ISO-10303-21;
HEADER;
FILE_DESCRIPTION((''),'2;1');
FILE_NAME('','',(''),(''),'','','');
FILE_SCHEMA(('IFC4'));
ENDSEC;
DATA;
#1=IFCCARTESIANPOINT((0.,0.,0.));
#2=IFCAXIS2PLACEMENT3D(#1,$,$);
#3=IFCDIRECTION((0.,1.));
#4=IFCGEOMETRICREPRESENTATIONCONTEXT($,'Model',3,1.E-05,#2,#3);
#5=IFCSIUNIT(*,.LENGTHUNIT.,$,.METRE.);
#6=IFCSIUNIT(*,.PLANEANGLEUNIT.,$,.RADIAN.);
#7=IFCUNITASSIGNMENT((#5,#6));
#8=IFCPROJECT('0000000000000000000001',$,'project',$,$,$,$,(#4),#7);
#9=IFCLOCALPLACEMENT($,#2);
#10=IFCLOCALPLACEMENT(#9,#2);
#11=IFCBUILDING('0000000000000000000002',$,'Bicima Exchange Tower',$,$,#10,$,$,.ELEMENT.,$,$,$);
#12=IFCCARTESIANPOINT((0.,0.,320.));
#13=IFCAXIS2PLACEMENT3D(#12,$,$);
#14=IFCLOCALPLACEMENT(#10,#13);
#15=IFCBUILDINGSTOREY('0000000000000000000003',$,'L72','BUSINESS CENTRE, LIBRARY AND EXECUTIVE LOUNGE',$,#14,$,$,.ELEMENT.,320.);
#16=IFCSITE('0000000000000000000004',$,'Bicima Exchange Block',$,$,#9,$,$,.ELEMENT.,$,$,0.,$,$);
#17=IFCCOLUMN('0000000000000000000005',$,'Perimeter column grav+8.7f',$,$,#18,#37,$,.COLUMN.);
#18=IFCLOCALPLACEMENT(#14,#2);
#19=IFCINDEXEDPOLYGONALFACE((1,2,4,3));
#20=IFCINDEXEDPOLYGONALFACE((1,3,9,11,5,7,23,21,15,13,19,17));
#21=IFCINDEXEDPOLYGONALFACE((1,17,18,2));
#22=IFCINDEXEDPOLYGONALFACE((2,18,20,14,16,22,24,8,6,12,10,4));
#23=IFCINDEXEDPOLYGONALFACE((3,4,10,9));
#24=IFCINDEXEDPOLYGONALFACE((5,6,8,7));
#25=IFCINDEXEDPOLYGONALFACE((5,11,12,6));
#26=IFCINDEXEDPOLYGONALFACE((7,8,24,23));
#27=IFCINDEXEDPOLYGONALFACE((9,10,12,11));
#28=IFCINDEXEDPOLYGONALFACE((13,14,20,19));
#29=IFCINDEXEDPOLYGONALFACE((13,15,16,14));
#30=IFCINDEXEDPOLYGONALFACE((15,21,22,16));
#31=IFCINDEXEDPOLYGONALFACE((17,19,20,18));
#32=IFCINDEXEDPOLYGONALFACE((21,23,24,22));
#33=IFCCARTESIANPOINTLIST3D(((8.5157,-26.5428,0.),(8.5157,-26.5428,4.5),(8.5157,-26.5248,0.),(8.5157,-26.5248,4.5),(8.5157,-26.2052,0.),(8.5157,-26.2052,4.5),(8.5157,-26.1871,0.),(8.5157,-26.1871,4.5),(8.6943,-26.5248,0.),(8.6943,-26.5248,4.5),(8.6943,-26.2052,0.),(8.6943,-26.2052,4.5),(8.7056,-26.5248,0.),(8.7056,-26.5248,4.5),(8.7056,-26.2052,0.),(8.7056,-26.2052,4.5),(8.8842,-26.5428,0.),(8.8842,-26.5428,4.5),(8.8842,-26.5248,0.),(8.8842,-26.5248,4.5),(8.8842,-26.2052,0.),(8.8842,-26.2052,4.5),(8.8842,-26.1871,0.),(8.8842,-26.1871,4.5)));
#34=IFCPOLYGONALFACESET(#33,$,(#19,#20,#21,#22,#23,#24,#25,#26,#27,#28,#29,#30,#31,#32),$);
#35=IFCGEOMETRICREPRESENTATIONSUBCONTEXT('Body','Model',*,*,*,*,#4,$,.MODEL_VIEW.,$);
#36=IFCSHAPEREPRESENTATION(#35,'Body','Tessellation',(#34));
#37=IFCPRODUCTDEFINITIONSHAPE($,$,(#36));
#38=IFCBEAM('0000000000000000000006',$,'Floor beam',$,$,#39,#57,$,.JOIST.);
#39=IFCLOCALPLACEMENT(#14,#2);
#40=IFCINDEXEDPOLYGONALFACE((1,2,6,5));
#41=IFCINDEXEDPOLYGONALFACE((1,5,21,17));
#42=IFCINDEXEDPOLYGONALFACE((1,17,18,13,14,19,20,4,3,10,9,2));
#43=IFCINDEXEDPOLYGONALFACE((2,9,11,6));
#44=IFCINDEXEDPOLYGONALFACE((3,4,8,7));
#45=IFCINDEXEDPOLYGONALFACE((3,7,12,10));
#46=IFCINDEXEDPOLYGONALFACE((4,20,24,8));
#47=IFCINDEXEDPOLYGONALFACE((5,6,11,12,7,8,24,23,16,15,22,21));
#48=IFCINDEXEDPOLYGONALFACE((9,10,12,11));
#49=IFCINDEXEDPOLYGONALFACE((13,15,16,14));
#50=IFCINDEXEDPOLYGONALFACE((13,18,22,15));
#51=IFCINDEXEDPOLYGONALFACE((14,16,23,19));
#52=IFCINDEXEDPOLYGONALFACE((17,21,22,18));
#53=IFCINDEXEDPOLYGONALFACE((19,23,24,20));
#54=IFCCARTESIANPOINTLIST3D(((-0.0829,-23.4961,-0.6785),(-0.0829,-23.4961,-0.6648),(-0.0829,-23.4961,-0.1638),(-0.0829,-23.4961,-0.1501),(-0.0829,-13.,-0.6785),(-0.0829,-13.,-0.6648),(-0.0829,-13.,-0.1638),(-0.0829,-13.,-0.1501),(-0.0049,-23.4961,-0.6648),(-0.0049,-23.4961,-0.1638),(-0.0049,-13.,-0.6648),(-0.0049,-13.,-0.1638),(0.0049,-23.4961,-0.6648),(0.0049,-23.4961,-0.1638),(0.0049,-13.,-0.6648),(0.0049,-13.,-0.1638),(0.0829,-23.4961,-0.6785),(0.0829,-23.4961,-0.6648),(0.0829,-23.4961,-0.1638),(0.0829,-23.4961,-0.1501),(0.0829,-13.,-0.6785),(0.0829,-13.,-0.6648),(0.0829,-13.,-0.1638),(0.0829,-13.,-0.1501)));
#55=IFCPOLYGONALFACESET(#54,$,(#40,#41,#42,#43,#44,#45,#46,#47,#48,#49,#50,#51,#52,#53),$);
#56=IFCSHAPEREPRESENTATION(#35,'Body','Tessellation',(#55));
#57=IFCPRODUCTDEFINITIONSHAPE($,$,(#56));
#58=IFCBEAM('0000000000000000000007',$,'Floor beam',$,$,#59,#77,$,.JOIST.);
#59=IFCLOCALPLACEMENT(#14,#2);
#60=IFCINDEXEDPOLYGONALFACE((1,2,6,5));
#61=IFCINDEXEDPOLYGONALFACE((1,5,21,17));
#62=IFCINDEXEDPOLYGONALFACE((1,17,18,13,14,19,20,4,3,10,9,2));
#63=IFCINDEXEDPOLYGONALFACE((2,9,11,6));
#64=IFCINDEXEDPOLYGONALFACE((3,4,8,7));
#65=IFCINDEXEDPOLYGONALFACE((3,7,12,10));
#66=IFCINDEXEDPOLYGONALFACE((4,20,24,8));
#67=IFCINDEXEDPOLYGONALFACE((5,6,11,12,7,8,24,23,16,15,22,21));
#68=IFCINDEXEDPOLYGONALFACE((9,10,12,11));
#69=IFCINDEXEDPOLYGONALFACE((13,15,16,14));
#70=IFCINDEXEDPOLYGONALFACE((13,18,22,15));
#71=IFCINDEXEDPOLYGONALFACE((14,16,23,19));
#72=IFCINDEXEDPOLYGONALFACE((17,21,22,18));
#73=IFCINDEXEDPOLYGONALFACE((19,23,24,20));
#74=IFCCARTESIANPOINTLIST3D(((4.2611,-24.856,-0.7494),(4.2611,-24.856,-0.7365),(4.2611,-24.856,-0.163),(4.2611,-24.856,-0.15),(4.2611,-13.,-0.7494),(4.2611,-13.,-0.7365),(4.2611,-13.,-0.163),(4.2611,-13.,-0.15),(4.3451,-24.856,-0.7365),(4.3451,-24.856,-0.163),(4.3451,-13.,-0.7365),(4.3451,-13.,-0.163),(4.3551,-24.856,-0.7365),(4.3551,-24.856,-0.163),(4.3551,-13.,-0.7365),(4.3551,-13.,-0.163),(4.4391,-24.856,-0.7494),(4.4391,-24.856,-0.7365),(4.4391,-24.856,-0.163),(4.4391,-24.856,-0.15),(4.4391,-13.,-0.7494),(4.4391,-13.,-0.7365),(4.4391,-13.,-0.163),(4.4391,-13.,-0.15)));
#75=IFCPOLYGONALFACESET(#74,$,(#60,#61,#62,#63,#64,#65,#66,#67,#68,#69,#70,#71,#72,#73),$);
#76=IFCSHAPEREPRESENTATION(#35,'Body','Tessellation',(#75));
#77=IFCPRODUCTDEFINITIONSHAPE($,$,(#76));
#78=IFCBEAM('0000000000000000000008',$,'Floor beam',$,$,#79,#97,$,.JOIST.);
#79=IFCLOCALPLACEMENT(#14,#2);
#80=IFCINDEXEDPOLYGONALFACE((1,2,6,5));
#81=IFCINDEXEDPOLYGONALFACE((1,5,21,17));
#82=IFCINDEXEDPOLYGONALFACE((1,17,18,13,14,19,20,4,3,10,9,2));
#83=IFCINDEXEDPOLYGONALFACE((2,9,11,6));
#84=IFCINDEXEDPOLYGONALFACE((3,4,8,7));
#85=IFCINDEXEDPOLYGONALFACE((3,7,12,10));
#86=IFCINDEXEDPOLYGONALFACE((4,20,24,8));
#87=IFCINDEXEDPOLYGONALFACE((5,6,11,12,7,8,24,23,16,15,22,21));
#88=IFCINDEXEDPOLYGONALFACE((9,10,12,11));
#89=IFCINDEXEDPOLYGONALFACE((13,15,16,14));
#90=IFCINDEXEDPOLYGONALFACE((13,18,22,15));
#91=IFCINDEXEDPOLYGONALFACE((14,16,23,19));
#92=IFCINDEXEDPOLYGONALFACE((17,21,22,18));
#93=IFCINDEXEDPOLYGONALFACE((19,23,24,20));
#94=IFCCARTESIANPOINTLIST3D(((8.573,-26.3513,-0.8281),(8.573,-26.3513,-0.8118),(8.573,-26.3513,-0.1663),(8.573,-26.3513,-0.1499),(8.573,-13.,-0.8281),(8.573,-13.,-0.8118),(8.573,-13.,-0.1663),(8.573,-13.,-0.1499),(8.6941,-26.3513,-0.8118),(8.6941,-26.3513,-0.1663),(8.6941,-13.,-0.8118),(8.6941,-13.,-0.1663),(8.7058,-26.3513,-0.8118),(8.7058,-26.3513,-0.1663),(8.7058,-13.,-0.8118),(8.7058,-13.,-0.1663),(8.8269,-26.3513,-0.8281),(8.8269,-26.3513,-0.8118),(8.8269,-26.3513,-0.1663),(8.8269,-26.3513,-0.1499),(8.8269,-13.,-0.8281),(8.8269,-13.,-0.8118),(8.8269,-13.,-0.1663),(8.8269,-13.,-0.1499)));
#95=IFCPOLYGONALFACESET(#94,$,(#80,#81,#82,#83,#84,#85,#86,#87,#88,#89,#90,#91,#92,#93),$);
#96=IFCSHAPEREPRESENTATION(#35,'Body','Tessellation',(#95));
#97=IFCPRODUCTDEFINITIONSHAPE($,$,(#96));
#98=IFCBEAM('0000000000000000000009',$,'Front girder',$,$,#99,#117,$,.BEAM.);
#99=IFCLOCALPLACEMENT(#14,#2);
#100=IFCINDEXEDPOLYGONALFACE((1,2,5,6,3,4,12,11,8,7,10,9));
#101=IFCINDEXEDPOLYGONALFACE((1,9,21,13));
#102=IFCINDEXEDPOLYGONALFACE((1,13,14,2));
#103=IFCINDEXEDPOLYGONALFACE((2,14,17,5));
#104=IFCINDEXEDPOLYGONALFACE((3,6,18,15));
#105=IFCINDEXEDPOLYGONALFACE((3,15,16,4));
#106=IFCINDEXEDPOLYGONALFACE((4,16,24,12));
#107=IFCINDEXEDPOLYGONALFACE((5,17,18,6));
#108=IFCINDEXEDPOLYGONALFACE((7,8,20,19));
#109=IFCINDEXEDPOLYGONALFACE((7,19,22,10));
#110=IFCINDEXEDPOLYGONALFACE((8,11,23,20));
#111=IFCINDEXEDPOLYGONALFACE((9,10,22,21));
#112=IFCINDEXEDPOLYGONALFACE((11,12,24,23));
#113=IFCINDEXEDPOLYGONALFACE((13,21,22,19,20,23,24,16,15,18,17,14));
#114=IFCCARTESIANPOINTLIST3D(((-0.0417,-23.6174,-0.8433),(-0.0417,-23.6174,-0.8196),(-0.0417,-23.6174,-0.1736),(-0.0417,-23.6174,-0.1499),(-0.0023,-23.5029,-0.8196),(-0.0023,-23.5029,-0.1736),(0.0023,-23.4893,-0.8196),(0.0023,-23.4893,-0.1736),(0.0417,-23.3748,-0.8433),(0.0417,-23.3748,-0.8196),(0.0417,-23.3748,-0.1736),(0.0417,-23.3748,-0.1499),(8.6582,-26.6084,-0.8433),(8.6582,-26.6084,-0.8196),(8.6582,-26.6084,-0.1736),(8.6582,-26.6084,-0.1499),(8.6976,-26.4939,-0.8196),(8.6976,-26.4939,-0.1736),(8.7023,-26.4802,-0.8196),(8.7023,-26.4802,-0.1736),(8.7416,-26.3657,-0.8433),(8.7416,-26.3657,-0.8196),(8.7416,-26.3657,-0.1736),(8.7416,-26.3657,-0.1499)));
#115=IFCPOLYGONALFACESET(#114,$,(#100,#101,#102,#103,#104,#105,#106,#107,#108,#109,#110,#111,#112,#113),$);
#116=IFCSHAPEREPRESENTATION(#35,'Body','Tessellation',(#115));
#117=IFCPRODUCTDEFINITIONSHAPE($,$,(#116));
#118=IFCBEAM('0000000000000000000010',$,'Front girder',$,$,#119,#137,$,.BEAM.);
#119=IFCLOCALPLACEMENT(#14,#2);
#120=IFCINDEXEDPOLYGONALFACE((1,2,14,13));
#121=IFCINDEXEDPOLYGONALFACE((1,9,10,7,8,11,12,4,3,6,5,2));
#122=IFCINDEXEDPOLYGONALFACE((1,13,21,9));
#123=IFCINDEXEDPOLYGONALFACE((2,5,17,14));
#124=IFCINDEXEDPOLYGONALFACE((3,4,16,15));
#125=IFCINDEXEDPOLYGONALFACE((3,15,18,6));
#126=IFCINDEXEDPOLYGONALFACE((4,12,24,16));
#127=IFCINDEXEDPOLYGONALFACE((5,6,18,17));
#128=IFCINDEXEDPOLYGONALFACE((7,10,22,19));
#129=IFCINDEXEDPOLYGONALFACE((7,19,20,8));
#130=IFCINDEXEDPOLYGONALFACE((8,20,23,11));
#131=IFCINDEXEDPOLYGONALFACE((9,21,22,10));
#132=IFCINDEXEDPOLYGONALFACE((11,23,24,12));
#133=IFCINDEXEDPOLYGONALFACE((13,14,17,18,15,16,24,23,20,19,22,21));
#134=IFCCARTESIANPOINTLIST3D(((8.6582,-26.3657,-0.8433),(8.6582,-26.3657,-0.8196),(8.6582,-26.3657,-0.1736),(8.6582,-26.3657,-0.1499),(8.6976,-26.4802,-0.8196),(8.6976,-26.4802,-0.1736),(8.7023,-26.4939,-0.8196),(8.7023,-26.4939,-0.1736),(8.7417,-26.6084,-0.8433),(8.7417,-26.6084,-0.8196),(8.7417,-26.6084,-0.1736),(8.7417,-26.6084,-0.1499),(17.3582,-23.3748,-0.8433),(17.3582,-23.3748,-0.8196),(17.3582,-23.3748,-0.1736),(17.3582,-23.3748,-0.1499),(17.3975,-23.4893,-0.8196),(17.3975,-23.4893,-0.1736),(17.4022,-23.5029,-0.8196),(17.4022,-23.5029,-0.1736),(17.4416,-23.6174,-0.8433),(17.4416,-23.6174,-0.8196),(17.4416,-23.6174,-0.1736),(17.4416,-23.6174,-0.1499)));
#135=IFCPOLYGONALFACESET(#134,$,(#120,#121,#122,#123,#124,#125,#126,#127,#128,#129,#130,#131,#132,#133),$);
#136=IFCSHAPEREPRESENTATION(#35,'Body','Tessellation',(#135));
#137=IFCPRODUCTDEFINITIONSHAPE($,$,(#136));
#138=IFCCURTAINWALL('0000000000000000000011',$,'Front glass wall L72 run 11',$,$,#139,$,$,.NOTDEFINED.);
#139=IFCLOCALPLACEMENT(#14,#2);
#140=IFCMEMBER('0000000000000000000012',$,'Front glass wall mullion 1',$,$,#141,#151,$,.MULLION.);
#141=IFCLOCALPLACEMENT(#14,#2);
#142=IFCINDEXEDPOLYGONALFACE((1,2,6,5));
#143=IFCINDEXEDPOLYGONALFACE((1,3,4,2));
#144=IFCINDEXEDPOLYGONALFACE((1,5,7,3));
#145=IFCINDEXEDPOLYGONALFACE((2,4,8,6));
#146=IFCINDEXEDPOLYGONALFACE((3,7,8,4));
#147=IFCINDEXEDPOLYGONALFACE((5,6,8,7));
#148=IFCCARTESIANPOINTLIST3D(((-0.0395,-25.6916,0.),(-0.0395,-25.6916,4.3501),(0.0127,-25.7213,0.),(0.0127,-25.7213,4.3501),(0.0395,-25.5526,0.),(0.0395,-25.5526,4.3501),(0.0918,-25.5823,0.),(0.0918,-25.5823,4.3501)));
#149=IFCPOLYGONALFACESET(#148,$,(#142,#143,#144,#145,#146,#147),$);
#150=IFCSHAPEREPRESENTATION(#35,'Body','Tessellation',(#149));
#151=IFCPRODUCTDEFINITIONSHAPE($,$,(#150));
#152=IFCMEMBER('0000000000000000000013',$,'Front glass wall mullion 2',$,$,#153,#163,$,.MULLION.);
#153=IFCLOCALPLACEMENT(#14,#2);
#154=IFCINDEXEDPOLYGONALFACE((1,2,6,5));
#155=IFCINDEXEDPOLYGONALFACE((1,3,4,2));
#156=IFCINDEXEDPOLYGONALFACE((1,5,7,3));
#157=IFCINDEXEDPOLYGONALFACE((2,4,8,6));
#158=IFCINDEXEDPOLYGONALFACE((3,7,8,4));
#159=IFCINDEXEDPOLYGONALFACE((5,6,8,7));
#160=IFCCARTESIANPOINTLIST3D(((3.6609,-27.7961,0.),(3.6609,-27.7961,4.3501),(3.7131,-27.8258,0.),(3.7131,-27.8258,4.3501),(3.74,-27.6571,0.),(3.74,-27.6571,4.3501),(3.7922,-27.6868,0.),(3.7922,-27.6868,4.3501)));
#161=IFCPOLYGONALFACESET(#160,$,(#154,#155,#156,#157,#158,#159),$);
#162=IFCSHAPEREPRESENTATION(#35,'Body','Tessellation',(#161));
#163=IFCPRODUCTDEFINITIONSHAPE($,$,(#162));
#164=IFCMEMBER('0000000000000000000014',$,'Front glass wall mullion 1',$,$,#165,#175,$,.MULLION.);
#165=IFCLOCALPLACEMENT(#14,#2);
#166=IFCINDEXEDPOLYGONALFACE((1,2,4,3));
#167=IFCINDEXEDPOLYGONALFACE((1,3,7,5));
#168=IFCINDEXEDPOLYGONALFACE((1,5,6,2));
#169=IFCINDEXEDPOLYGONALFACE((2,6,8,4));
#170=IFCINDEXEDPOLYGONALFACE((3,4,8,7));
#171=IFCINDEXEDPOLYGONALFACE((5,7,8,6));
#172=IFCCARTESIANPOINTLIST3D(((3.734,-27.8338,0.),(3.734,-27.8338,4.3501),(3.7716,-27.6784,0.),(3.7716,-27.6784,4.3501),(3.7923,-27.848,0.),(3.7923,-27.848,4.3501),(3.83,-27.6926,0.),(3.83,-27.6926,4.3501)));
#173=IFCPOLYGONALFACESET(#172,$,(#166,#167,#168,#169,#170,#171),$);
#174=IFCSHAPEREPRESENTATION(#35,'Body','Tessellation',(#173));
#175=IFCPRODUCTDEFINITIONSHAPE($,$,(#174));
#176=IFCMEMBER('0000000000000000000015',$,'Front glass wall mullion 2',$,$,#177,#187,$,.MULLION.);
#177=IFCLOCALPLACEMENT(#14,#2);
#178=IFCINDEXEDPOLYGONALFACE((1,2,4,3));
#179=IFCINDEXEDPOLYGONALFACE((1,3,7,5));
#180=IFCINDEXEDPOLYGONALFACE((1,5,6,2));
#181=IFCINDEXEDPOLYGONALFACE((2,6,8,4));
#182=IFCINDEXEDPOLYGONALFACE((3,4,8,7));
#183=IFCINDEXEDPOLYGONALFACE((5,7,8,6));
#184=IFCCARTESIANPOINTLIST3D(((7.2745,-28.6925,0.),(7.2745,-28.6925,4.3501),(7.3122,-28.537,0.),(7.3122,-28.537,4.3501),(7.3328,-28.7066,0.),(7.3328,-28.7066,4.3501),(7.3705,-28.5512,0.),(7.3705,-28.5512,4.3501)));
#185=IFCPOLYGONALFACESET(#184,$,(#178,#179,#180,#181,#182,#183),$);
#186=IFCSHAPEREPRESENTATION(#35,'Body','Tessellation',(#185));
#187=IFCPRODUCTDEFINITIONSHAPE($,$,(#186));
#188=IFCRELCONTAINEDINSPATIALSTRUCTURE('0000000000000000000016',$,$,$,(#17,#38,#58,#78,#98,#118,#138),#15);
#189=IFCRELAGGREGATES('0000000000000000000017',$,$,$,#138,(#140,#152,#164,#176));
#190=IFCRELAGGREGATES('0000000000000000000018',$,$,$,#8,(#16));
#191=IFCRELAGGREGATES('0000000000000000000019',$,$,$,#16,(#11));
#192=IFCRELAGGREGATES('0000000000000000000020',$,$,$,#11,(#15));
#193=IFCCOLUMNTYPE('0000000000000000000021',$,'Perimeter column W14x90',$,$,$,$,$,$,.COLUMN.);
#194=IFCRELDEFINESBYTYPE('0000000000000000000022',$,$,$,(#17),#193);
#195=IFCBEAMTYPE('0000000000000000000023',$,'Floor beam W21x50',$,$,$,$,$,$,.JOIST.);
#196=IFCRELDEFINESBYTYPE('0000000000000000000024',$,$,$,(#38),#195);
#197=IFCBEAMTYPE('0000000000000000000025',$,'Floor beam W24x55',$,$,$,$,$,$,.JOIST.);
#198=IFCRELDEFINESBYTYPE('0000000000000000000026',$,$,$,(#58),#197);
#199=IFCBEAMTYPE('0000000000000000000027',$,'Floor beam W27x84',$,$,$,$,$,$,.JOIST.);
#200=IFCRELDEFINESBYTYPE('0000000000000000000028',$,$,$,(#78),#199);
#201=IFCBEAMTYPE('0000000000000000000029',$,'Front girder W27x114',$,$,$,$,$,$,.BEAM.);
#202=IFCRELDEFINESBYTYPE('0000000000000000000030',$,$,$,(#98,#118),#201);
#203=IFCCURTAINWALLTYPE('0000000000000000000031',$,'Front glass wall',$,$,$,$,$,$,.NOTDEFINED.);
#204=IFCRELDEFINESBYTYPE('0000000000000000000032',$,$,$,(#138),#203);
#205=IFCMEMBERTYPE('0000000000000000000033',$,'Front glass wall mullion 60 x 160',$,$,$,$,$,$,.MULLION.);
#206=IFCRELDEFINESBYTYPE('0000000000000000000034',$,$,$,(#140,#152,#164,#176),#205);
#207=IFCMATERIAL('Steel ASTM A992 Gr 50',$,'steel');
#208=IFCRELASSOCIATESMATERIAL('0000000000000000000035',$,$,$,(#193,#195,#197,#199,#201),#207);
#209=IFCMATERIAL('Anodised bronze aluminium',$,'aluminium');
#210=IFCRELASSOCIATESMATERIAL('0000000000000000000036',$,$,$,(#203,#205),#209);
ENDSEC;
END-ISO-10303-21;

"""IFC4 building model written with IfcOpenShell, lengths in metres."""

from ifc_helpers import new_model, si_unit, direction, frame, origin, origin_2d, place, context, subcontext, project, spatial, rectangle, i_section, extrude, material, material_profile, profile_set, type_object, element, aggregate, save


model = new_model("IFC4")

# Units and contexts
model_context = context("Model", 3, precision=1e-05, world=origin(), true_north=direction((0.0, 1.0)))
body_context = subcontext(model_context, "Body", "Model", "MODEL_VIEW")
ifc_project = project(units=[si_unit("LENGTHUNIT", "METRE"), si_unit("PLANEANGLEUNIT", "RADIAN")], contexts=[model_context])

# Site, building, storey
site_placement = place(None, origin())
site = spatial("IfcSite", under=ifc_project, at=site_placement, Name="Bicima Exchange Block", CompositionType="ELEMENT", RefElevation=0.0)
building_placement = place(site_placement, origin())
building = spatial("IfcBuilding", under=site, at=building_placement, Name="Bicima Exchange Tower", CompositionType="ELEMENT")
storey_placement = place(building_placement, frame((0.0, 0.0, 320.0)))
storey = spatial("IfcBuildingStorey", under=building, at=storey_placement, Name="L72", Description="BUSINESS CENTRE, LIBRARY AND EXECUTIVE LOUNGE", CompositionType="ELEMENT", Elevation=320.0)

# Column
ifc_material_1 = material(Name="Steel ASTM A992 Gr 50", Category="steel")
ifc_material_profile_1 = material_profile(ifc_material_1, i_section(OverallWidth=0.3684, OverallDepth=0.3557, WebThickness=0.0112, FlangeThickness=0.0181, at=origin_2d()))
ifc_profile_set_1 = profile_set([ifc_material_profile_1], Name="Steel ASTM A992 Gr 50")
column_type = type_object("IfcColumnType", Name="Perimeter column W14x90", PredefinedType="COLUMN", material=ifc_profile_set_1)
column_placement = place(storey_placement, frame((8.7, -26.365, 0.0), z_axis=(0.0, 0.0, 1.0), x_axis=(1.0, 0.0, 0.0)))
element("IfcColumn", 1, at=column_placement, inside=storey, type_object=column_type, Name="Perimeter column grav+8.7f", PredefinedType="COLUMN", context=body_context, shape_type="SweptSolid", body=[
    extrude(i_section(OverallWidth=0.3684, OverallDepth=0.3557, WebThickness=0.0112, FlangeThickness=0.0181, at=origin_2d()), origin(), (0.0, 0.0, 1.0), 4.5),
])

# Beams
ifc_material_profile_2 = material_profile(ifc_material_1, i_section(OverallWidth=0.1658, OverallDepth=0.5283, WebThickness=0.0098, FlangeThickness=0.0137, at=origin_2d()))
ifc_profile_set_2 = profile_set([ifc_material_profile_2], Name="Steel ASTM A992 Gr 50")
beam_type_1 = type_object("IfcBeamType", Name="Floor beam W21x50", PredefinedType="JOIST", material=ifc_profile_set_2)
beam_1_placement = place(storey_placement, frame((0.0, -13.0, -0.4143), z_axis=(0.0, -1.0, 0.0), x_axis=(1.0, 0.0, 0.0)))
element("IfcBeam", 2, at=beam_1_placement, inside=storey, type_object=beam_type_1, Name="Floor beam", PredefinedType="JOIST", context=body_context, shape_type="SweptSolid", body=[
    extrude(i_section(OverallWidth=0.1658, OverallDepth=0.5283, WebThickness=0.0098, FlangeThickness=0.0137, at=origin_2d()), origin(), (0.0, 0.0, 1.0), 10.4961),
])
ifc_material_profile_3 = material_profile(ifc_material_1, i_section(OverallWidth=0.178, OverallDepth=0.5994, WebThickness=0.01, FlangeThickness=0.0129, at=origin_2d()))
ifc_profile_set_3 = profile_set([ifc_material_profile_3], Name="Steel ASTM A992 Gr 50")
beam_type_2 = type_object("IfcBeamType", Name="Floor beam W24x55", PredefinedType="JOIST", material=ifc_profile_set_3)
beam_2_placement = place(storey_placement, frame((4.3501, -13.0, -0.4497), z_axis=(0.0, -1.0, 0.0), x_axis=(1.0, 0.0, 0.0)))
element("IfcBeam", 3, at=beam_2_placement, inside=storey, type_object=beam_type_2, Name="Floor beam", PredefinedType="JOIST", context=body_context, shape_type="SweptSolid", body=[
    extrude(i_section(OverallWidth=0.178, OverallDepth=0.5994, WebThickness=0.01, FlangeThickness=0.0129, at=origin_2d()), origin(), (0.0, 0.0, 1.0), 11.856),
])
ifc_material_profile_4 = material_profile(ifc_material_1, i_section(OverallWidth=0.2539, OverallDepth=0.6782, WebThickness=0.0117, FlangeThickness=0.0164, at=origin_2d()))
ifc_profile_set_4 = profile_set([ifc_material_profile_4], Name="Steel ASTM A992 Gr 50")
beam_type_3 = type_object("IfcBeamType", Name="Floor beam W27x84", PredefinedType="JOIST", material=ifc_profile_set_4)
beam_3_placement = place(storey_placement, frame((8.7, -13.0, -0.489), z_axis=(0.0, -1.0, 0.0), x_axis=(1.0, 0.0, 0.0)))
element("IfcBeam", 4, at=beam_3_placement, inside=storey, type_object=beam_type_3, Name="Floor beam", PredefinedType="JOIST", context=body_context, shape_type="SweptSolid", body=[
    extrude(i_section(OverallWidth=0.2539, OverallDepth=0.6782, WebThickness=0.0117, FlangeThickness=0.0164, at=origin_2d()), origin(), (0.0, 0.0, 1.0), 13.3513),
])
ifc_material_profile_5 = material_profile(ifc_material_1, i_section(OverallWidth=0.2566, OverallDepth=0.6934, WebThickness=0.0144, FlangeThickness=0.0237, at=origin_2d()))
ifc_profile_set_5 = profile_set([ifc_material_profile_5], Name="Steel ASTM A992 Gr 50")
beam_type_4 = type_object("IfcBeamType", Name="Front girder W27x114", PredefinedType="BEAM", material=ifc_profile_set_5)
for number, where, z_axis, x_axis, name in (
    (5, (0.0, -23.4961, -0.4966), (0.945675, -0.325115, 0.0), (0.325115, 0.945675, 0.0), "Front girder"),
    (6, (8.7, -26.4871, -0.4966), (0.945675, 0.325115, 0.0), (-0.325115, 0.945675, 0.0), "Front girder"),
):
    element("IfcBeam", number, at=place(storey_placement, frame(where, z_axis=z_axis, x_axis=x_axis)), inside=storey, type_object=beam_type_4, Name=name, PredefinedType="BEAM", context=body_context, shape_type="SweptSolid", body=[
        extrude(i_section(OverallWidth=0.2566, OverallDepth=0.6934, WebThickness=0.0144, FlangeThickness=0.0237, at=origin_2d()), origin(), (0.0, 0.0, 1.0), 9.1997),
    ])

# Curtain wall, members
ifc_material_2 = material(Name="Anodised bronze aluminium", Category="aluminium")
curtain_wall_type = type_object("IfcCurtainWallType", Name="Front glass wall", PredefinedType="NOTDEFINED", material=ifc_material_2)
curtain_wall_placement = place(storey_placement, origin())
curtain_wall = element("IfcCurtainWall", 7, at=curtain_wall_placement, inside=storey, type_object=curtain_wall_type, Name="Front glass wall L72 run 11", PredefinedType="NOTDEFINED")
ifc_material_profile_6 = material_profile(ifc_material_2, rectangle(XDim=0.1599, YDim=0.0601, at=origin_2d()))
ifc_profile_set_6 = profile_set([ifc_material_profile_6], Name="Anodised bronze aluminium")
member_type_1 = type_object("IfcMemberType", Name="Front glass wall mullion 60 x 160", PredefinedType="MULLION", material=ifc_profile_set_6)
member_1_placement = place(storey_placement, frame((0.0261, -25.637, 0.0), z_axis=(0.0, 0.0, 1.0), x_axis=(0.49433, 0.869274, 0.0)))
member_1 = element("IfcMember", 8, at=member_1_placement, type_object=member_type_1, Name="Front glass wall mullion 1", PredefinedType="MULLION", context=body_context, shape_type="SweptSolid", body=[
    extrude(rectangle(XDim=0.1599, YDim=0.0601, at=origin_2d()), origin(), (0.0, 0.0, 1.0), 4.3501),
])
member_2_placement = place(storey_placement, frame((3.7266, -27.7415, 0.0), z_axis=(0.0, 0.0, 1.0), x_axis=(0.49433, 0.869274, 0.0)))
member_2 = element("IfcMember", 9, at=member_2_placement, type_object=member_type_1, Name="Front glass wall mullion 2", PredefinedType="MULLION", context=body_context, shape_type="SweptSolid", body=[
    extrude(rectangle(XDim=0.1599, YDim=0.0601, at=origin_2d()), origin(), (0.0, 0.0, 1.0), 4.3501),
])
member_3_placement = place(storey_placement, frame((3.782, -27.7632, 0.0), z_axis=(0.0, 0.0, 1.0), x_axis=(0.235682, 0.97183, 0.0)))
member_3 = element("IfcMember", 10, at=member_3_placement, type_object=member_type_1, Name="Front glass wall mullion 1", PredefinedType="MULLION", context=body_context, shape_type="SweptSolid", body=[
    extrude(rectangle(XDim=0.1599, YDim=0.0601, at=origin_2d()), origin(), (0.0, 0.0, 1.0), 4.3501),
])
member_4_placement = place(storey_placement, frame((7.3225, -28.6218, 0.0), z_axis=(0.0, 0.0, 1.0), x_axis=(0.235682, 0.97183, 0.0)))
member_4 = element("IfcMember", 11, at=member_4_placement, type_object=member_type_1, Name="Front glass wall mullion 2", PredefinedType="MULLION", context=body_context, shape_type="SweptSolid", body=[
    extrude(rectangle(XDim=0.1599, YDim=0.0601, at=origin_2d()), origin(), (0.0, 0.0, 1.0), 4.3501),
])
aggregate(curtain_wall, [member_1, member_2, member_3, member_4])

save(model, "model.ifc")
